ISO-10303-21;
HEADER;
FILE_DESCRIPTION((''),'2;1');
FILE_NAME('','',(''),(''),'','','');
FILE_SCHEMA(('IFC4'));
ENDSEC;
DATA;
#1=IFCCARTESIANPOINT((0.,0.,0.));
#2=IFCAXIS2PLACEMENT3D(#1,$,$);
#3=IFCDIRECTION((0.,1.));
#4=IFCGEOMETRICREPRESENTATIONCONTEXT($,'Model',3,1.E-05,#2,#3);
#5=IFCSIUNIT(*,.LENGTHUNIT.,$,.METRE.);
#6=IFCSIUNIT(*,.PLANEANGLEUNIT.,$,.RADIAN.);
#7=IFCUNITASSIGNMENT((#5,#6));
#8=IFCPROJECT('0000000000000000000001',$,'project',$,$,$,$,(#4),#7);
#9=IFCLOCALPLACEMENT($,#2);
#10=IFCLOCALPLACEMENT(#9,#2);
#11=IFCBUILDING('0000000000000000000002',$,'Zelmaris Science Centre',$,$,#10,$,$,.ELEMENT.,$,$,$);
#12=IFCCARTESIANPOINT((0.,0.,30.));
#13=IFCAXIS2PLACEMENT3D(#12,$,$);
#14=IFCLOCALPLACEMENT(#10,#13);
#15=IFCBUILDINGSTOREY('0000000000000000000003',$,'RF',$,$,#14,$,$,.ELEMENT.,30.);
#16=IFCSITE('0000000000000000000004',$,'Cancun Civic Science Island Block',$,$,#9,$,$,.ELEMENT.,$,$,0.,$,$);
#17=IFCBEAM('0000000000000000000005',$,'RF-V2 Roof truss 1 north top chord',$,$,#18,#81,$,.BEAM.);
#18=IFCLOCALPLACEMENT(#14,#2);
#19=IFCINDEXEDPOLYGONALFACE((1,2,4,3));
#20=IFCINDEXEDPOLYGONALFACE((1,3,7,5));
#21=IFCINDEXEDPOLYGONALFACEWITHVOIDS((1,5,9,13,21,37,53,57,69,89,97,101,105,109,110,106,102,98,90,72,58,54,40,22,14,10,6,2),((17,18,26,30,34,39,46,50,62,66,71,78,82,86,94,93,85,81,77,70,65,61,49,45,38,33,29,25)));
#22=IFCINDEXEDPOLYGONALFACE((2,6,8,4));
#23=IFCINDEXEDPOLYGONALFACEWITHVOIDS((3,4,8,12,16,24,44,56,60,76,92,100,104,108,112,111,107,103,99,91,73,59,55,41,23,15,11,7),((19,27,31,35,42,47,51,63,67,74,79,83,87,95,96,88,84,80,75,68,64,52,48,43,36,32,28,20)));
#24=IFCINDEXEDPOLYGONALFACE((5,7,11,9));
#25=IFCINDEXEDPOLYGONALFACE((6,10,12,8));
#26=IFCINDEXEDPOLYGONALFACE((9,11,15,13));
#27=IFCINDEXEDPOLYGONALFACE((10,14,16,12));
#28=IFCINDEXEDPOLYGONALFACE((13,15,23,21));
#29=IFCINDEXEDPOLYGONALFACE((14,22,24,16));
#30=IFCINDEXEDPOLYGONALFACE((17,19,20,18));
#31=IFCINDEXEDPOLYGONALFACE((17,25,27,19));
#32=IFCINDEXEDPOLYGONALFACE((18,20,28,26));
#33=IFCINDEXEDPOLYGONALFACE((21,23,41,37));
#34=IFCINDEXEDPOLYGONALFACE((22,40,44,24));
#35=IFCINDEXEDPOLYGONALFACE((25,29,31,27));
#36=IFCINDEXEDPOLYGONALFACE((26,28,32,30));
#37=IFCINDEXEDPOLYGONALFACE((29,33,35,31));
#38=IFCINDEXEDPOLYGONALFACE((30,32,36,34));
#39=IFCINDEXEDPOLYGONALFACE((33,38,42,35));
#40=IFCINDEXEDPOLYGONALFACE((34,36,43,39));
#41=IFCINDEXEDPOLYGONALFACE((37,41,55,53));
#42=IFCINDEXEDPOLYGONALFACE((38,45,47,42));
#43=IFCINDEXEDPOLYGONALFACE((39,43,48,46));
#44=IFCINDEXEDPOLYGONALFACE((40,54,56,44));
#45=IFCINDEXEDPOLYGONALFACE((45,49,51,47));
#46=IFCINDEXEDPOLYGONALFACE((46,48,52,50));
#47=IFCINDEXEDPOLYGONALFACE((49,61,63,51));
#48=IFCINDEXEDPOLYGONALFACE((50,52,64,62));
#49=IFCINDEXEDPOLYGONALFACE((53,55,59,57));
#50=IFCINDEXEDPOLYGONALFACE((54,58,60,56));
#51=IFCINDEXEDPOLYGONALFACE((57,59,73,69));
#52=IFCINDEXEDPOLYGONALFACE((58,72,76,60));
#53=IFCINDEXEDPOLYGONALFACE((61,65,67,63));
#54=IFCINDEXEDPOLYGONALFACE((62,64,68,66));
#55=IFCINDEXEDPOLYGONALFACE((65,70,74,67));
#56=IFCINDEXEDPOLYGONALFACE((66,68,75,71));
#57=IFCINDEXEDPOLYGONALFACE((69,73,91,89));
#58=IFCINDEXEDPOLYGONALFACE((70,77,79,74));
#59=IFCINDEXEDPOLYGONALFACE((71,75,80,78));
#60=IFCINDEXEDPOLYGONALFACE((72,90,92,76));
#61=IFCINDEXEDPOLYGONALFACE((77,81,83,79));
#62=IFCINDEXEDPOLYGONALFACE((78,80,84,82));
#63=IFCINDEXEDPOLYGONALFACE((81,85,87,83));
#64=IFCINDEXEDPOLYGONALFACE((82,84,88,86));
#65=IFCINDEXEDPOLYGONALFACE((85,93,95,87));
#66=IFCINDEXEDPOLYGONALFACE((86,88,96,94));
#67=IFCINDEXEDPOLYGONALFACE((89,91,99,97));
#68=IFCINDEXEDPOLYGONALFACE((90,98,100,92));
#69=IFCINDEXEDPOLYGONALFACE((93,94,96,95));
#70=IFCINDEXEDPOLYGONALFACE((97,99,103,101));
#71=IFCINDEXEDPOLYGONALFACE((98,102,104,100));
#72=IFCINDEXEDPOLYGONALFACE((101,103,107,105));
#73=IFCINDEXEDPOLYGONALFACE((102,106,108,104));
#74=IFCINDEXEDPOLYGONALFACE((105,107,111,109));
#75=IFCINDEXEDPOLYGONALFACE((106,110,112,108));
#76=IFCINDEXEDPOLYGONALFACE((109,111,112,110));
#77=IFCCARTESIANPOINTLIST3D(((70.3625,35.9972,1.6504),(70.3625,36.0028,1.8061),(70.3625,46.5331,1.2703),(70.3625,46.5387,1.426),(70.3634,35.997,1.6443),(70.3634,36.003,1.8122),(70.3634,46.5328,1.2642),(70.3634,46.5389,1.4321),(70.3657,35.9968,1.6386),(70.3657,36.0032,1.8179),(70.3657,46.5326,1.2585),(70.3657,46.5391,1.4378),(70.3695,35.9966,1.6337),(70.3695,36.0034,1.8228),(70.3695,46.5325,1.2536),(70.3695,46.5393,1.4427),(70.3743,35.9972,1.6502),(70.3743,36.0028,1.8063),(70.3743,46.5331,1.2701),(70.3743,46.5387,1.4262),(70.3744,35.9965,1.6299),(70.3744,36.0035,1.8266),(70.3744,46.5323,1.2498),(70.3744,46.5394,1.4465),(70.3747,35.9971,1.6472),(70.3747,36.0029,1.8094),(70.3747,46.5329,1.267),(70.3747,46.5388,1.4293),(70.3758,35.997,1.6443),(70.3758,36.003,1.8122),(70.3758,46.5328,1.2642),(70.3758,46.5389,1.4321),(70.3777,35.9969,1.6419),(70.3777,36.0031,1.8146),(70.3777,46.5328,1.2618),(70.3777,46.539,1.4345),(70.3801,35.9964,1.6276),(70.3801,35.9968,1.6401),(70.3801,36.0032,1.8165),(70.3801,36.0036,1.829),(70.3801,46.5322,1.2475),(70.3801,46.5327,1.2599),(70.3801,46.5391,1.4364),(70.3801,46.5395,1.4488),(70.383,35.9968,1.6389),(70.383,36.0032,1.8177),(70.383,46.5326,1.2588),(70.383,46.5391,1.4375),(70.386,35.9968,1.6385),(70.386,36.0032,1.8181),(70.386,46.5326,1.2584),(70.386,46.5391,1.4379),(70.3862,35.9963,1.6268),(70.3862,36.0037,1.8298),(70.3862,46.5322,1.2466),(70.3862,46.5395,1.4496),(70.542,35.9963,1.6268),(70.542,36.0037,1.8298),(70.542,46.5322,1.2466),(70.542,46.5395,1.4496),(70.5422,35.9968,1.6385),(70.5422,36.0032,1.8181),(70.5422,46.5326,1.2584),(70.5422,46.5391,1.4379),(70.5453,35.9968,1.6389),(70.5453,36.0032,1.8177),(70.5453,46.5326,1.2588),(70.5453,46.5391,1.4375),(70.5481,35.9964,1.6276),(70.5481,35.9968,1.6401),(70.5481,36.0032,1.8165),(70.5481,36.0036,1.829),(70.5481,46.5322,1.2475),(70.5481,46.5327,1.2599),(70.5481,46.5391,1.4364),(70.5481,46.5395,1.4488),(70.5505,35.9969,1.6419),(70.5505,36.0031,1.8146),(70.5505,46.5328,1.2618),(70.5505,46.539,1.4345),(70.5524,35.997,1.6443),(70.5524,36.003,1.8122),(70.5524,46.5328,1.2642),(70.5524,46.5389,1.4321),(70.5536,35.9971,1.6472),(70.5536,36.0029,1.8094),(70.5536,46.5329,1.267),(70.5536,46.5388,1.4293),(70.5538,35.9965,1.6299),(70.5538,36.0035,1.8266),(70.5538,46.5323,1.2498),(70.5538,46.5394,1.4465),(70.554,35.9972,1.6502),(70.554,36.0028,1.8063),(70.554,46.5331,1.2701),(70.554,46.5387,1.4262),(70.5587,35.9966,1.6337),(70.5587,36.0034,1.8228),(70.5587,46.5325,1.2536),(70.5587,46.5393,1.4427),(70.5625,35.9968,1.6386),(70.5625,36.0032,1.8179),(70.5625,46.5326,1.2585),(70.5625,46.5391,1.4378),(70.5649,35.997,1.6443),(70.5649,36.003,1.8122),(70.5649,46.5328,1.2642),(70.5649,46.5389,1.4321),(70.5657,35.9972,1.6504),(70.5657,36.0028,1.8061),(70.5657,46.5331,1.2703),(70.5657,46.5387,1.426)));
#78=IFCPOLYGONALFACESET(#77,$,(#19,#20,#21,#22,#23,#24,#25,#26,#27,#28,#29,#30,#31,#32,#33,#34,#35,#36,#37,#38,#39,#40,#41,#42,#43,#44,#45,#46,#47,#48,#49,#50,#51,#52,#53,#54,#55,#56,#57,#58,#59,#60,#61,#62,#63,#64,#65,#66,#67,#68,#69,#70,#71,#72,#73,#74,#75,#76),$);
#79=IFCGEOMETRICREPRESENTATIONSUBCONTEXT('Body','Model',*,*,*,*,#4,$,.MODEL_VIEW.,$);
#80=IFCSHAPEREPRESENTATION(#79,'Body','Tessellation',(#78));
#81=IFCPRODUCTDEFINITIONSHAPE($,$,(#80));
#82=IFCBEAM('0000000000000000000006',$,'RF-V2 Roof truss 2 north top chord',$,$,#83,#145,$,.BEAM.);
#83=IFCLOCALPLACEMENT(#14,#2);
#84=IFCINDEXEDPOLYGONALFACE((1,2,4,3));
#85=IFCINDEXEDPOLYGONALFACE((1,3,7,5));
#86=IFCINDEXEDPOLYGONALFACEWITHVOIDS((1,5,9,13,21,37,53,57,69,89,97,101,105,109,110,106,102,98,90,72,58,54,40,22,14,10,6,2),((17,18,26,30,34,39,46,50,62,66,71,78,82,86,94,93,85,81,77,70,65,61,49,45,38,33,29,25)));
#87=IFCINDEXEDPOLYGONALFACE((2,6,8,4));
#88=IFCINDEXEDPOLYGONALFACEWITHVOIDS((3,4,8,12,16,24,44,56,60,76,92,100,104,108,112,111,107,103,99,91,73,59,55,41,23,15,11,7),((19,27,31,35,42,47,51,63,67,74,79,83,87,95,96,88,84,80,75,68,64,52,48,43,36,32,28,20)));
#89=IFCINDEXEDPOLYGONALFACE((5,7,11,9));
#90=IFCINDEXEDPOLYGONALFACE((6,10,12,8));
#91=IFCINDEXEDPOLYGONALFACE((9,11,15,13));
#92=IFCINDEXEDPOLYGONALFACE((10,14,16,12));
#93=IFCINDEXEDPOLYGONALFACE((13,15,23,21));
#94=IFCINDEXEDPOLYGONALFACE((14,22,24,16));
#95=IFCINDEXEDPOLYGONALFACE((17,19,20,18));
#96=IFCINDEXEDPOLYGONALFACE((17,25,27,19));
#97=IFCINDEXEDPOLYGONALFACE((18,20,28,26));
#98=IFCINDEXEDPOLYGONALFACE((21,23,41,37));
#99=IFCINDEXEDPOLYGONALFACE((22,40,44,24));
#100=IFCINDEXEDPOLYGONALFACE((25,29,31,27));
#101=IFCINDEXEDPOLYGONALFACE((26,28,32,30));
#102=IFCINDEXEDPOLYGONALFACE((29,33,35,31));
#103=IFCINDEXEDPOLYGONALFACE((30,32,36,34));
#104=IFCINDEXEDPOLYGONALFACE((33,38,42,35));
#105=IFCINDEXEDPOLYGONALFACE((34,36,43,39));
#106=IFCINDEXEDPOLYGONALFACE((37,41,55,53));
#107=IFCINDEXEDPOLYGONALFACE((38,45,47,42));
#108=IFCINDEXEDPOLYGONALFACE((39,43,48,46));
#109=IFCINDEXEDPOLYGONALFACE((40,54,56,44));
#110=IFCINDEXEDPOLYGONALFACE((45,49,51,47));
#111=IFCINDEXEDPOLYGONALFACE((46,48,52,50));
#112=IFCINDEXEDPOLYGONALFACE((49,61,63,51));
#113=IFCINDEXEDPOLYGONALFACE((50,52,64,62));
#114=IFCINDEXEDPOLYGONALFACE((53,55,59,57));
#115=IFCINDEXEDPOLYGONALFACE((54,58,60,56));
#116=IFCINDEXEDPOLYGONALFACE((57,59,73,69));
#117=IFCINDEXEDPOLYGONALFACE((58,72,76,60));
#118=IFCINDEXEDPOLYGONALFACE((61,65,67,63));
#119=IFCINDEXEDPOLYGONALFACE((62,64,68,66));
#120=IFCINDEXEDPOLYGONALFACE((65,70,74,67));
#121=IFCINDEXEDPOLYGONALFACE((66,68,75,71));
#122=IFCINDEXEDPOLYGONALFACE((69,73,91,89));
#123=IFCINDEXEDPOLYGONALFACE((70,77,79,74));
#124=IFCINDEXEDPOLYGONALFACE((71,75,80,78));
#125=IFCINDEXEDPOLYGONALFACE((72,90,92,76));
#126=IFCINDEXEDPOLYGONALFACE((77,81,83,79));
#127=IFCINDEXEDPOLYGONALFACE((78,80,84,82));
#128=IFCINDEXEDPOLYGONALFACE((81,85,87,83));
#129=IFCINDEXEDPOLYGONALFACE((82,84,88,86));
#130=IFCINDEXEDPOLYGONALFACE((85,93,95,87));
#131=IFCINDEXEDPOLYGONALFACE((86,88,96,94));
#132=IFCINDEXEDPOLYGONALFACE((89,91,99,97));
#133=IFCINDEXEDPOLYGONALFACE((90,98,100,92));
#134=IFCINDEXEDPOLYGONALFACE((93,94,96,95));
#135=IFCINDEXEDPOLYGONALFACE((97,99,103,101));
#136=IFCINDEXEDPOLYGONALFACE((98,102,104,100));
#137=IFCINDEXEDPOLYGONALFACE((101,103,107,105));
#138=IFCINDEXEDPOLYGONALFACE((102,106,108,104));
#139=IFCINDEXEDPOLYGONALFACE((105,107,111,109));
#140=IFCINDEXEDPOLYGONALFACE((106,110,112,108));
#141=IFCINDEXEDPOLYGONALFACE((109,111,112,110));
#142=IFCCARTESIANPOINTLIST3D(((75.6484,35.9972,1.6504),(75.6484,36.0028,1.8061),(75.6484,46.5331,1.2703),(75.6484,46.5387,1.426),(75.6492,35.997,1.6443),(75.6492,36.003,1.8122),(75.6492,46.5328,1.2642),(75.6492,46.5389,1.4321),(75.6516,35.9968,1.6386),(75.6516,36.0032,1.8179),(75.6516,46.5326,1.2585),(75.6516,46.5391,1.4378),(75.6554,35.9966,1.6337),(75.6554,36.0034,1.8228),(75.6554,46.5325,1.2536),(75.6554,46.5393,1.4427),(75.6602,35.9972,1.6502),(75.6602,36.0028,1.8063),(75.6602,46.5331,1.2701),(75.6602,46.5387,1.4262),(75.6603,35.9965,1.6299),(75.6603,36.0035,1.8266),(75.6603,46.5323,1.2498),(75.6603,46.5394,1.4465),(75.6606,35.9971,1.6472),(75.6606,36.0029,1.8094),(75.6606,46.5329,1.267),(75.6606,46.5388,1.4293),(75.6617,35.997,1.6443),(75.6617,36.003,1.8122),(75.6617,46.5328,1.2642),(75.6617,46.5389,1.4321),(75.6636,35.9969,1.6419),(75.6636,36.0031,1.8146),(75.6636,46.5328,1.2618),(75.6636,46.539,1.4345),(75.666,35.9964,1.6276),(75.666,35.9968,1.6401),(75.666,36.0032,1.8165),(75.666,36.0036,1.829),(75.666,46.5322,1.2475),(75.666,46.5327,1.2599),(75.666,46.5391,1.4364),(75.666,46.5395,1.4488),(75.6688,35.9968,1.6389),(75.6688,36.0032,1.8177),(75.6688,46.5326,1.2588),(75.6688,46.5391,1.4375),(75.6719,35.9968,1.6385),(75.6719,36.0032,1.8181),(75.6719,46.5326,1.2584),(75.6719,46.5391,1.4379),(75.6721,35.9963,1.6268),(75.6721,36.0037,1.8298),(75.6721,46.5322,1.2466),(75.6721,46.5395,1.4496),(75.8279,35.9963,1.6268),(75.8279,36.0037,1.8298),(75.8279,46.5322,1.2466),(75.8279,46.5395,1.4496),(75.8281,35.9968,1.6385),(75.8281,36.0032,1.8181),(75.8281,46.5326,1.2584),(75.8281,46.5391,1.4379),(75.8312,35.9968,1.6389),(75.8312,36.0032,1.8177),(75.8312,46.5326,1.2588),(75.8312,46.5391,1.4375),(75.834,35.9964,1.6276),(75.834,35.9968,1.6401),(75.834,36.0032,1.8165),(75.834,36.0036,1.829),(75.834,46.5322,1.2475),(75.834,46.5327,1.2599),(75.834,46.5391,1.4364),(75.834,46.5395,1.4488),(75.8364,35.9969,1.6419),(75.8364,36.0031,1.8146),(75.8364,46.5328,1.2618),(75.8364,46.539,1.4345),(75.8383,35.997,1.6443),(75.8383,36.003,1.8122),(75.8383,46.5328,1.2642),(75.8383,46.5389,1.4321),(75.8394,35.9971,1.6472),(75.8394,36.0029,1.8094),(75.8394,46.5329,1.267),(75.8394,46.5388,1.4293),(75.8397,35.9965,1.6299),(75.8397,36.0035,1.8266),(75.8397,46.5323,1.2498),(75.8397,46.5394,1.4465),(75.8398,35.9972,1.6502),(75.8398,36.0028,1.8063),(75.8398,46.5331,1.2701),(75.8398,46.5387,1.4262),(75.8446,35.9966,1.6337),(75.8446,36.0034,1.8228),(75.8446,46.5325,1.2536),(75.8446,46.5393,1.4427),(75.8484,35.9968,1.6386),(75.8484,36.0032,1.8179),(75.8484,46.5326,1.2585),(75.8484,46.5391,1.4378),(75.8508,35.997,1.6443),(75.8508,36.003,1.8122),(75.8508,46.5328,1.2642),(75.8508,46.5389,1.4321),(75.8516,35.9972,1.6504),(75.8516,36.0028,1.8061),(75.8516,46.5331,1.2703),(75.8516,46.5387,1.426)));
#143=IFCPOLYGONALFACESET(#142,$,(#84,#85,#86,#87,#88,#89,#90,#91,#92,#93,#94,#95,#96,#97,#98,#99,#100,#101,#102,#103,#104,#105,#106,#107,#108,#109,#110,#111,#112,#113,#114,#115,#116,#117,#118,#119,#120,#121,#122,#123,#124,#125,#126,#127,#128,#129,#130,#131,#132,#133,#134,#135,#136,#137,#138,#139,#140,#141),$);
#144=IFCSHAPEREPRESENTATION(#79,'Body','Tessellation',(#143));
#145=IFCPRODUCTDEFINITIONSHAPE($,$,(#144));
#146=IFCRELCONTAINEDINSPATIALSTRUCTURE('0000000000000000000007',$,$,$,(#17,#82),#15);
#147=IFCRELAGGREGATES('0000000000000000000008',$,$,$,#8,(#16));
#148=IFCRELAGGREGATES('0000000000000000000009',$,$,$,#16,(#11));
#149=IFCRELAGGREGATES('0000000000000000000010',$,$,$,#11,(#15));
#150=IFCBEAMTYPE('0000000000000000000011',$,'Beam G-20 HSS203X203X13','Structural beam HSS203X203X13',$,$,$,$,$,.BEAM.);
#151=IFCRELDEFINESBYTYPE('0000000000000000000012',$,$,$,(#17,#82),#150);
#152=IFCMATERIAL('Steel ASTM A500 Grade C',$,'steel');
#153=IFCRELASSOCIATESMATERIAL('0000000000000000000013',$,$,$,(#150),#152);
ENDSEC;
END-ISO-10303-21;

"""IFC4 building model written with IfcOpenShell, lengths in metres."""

from ifc_helpers import new_model, si_unit, direction, frame, origin, origin_2d, place, context, subcontext, project, spatial, hollow_rectangle, extrude, material, material_profile, profile_set, type_object, element, save


model = new_model("IFC4")

# Units and contexts
model_context = context("Model", 3, precision=1e-05, world=origin(), true_north=direction((0.0, 1.0)))
body_context = subcontext(model_context, "Body", "Model", "MODEL_VIEW")
ifc_project = project(units=[si_unit("LENGTHUNIT", "METRE"), si_unit("PLANEANGLEUNIT", "RADIAN")], contexts=[model_context])

# Site, building, storey
site_placement = place(None, origin())
site = spatial("IfcSite", under=ifc_project, at=site_placement, Name="Cancun Civic Science Island Block", CompositionType="ELEMENT", RefElevation=0.0)
building_placement = place(site_placement, origin())
building = spatial("IfcBuilding", under=site, at=building_placement, Name="Zelmaris Science Centre", CompositionType="ELEMENT")
storey_placement = place(building_placement, frame((0.0, 0.0, 30.0)))
storey = spatial("IfcBuildingStorey", under=building, at=storey_placement, Name="RF", CompositionType="ELEMENT", Elevation=30.0)

# Beams
ifc_material_1 = material(Name="Steel ASTM A500 Grade C", Category="steel")
ifc_material_profile_1 = material_profile(ifc_material_1, hollow_rectangle(XDim=0.2031, YDim=0.2031, WallThickness=0.0117, InnerFilletRadius=0.0117, OuterFilletRadius=0.0237, at=origin_2d()), Name="HSS203X203X13")
ifc_profile_set_1 = profile_set([ifc_material_profile_1], Name="Steel ASTM A500 Grade C")
beam_type_1 = type_object("IfcBeamType", Name="Beam G-20 HSS203X203X13", Description="Structural beam HSS203X203X13", PredefinedType="BEAM", material=ifc_profile_set_1)
for number, where, z_axis, x_axis, name in (
    (1, (70.4641, 36.0, 1.7283), (0.0, 0.99935, -0.036056), (-1.0, 0.0, 0.0), "RF-V2 Roof truss 1 north top chord"),
    (2, (75.75, 36.0, 1.7283), (0.0, 0.99935, -0.036056), (-1.0, 0.0, 0.0), "RF-V2 Roof truss 2 north top chord"),
):
    element("IfcBeam", number, at=place(storey_placement, frame(where, z_axis=z_axis, x_axis=x_axis)), inside=storey, type_object=beam_type_1, Name=name, PredefinedType="BEAM", context=body_context, shape_type="SweptSolid", body=[
        extrude(hollow_rectangle(XDim=0.2031, YDim=0.2031, WallThickness=0.0117, InnerFilletRadius=0.0117, OuterFilletRadius=0.0237, at=origin_2d()), origin(), (0.0, 0.0, 1.0), 10.5427),
    ])

save(model, "model.ifc")
